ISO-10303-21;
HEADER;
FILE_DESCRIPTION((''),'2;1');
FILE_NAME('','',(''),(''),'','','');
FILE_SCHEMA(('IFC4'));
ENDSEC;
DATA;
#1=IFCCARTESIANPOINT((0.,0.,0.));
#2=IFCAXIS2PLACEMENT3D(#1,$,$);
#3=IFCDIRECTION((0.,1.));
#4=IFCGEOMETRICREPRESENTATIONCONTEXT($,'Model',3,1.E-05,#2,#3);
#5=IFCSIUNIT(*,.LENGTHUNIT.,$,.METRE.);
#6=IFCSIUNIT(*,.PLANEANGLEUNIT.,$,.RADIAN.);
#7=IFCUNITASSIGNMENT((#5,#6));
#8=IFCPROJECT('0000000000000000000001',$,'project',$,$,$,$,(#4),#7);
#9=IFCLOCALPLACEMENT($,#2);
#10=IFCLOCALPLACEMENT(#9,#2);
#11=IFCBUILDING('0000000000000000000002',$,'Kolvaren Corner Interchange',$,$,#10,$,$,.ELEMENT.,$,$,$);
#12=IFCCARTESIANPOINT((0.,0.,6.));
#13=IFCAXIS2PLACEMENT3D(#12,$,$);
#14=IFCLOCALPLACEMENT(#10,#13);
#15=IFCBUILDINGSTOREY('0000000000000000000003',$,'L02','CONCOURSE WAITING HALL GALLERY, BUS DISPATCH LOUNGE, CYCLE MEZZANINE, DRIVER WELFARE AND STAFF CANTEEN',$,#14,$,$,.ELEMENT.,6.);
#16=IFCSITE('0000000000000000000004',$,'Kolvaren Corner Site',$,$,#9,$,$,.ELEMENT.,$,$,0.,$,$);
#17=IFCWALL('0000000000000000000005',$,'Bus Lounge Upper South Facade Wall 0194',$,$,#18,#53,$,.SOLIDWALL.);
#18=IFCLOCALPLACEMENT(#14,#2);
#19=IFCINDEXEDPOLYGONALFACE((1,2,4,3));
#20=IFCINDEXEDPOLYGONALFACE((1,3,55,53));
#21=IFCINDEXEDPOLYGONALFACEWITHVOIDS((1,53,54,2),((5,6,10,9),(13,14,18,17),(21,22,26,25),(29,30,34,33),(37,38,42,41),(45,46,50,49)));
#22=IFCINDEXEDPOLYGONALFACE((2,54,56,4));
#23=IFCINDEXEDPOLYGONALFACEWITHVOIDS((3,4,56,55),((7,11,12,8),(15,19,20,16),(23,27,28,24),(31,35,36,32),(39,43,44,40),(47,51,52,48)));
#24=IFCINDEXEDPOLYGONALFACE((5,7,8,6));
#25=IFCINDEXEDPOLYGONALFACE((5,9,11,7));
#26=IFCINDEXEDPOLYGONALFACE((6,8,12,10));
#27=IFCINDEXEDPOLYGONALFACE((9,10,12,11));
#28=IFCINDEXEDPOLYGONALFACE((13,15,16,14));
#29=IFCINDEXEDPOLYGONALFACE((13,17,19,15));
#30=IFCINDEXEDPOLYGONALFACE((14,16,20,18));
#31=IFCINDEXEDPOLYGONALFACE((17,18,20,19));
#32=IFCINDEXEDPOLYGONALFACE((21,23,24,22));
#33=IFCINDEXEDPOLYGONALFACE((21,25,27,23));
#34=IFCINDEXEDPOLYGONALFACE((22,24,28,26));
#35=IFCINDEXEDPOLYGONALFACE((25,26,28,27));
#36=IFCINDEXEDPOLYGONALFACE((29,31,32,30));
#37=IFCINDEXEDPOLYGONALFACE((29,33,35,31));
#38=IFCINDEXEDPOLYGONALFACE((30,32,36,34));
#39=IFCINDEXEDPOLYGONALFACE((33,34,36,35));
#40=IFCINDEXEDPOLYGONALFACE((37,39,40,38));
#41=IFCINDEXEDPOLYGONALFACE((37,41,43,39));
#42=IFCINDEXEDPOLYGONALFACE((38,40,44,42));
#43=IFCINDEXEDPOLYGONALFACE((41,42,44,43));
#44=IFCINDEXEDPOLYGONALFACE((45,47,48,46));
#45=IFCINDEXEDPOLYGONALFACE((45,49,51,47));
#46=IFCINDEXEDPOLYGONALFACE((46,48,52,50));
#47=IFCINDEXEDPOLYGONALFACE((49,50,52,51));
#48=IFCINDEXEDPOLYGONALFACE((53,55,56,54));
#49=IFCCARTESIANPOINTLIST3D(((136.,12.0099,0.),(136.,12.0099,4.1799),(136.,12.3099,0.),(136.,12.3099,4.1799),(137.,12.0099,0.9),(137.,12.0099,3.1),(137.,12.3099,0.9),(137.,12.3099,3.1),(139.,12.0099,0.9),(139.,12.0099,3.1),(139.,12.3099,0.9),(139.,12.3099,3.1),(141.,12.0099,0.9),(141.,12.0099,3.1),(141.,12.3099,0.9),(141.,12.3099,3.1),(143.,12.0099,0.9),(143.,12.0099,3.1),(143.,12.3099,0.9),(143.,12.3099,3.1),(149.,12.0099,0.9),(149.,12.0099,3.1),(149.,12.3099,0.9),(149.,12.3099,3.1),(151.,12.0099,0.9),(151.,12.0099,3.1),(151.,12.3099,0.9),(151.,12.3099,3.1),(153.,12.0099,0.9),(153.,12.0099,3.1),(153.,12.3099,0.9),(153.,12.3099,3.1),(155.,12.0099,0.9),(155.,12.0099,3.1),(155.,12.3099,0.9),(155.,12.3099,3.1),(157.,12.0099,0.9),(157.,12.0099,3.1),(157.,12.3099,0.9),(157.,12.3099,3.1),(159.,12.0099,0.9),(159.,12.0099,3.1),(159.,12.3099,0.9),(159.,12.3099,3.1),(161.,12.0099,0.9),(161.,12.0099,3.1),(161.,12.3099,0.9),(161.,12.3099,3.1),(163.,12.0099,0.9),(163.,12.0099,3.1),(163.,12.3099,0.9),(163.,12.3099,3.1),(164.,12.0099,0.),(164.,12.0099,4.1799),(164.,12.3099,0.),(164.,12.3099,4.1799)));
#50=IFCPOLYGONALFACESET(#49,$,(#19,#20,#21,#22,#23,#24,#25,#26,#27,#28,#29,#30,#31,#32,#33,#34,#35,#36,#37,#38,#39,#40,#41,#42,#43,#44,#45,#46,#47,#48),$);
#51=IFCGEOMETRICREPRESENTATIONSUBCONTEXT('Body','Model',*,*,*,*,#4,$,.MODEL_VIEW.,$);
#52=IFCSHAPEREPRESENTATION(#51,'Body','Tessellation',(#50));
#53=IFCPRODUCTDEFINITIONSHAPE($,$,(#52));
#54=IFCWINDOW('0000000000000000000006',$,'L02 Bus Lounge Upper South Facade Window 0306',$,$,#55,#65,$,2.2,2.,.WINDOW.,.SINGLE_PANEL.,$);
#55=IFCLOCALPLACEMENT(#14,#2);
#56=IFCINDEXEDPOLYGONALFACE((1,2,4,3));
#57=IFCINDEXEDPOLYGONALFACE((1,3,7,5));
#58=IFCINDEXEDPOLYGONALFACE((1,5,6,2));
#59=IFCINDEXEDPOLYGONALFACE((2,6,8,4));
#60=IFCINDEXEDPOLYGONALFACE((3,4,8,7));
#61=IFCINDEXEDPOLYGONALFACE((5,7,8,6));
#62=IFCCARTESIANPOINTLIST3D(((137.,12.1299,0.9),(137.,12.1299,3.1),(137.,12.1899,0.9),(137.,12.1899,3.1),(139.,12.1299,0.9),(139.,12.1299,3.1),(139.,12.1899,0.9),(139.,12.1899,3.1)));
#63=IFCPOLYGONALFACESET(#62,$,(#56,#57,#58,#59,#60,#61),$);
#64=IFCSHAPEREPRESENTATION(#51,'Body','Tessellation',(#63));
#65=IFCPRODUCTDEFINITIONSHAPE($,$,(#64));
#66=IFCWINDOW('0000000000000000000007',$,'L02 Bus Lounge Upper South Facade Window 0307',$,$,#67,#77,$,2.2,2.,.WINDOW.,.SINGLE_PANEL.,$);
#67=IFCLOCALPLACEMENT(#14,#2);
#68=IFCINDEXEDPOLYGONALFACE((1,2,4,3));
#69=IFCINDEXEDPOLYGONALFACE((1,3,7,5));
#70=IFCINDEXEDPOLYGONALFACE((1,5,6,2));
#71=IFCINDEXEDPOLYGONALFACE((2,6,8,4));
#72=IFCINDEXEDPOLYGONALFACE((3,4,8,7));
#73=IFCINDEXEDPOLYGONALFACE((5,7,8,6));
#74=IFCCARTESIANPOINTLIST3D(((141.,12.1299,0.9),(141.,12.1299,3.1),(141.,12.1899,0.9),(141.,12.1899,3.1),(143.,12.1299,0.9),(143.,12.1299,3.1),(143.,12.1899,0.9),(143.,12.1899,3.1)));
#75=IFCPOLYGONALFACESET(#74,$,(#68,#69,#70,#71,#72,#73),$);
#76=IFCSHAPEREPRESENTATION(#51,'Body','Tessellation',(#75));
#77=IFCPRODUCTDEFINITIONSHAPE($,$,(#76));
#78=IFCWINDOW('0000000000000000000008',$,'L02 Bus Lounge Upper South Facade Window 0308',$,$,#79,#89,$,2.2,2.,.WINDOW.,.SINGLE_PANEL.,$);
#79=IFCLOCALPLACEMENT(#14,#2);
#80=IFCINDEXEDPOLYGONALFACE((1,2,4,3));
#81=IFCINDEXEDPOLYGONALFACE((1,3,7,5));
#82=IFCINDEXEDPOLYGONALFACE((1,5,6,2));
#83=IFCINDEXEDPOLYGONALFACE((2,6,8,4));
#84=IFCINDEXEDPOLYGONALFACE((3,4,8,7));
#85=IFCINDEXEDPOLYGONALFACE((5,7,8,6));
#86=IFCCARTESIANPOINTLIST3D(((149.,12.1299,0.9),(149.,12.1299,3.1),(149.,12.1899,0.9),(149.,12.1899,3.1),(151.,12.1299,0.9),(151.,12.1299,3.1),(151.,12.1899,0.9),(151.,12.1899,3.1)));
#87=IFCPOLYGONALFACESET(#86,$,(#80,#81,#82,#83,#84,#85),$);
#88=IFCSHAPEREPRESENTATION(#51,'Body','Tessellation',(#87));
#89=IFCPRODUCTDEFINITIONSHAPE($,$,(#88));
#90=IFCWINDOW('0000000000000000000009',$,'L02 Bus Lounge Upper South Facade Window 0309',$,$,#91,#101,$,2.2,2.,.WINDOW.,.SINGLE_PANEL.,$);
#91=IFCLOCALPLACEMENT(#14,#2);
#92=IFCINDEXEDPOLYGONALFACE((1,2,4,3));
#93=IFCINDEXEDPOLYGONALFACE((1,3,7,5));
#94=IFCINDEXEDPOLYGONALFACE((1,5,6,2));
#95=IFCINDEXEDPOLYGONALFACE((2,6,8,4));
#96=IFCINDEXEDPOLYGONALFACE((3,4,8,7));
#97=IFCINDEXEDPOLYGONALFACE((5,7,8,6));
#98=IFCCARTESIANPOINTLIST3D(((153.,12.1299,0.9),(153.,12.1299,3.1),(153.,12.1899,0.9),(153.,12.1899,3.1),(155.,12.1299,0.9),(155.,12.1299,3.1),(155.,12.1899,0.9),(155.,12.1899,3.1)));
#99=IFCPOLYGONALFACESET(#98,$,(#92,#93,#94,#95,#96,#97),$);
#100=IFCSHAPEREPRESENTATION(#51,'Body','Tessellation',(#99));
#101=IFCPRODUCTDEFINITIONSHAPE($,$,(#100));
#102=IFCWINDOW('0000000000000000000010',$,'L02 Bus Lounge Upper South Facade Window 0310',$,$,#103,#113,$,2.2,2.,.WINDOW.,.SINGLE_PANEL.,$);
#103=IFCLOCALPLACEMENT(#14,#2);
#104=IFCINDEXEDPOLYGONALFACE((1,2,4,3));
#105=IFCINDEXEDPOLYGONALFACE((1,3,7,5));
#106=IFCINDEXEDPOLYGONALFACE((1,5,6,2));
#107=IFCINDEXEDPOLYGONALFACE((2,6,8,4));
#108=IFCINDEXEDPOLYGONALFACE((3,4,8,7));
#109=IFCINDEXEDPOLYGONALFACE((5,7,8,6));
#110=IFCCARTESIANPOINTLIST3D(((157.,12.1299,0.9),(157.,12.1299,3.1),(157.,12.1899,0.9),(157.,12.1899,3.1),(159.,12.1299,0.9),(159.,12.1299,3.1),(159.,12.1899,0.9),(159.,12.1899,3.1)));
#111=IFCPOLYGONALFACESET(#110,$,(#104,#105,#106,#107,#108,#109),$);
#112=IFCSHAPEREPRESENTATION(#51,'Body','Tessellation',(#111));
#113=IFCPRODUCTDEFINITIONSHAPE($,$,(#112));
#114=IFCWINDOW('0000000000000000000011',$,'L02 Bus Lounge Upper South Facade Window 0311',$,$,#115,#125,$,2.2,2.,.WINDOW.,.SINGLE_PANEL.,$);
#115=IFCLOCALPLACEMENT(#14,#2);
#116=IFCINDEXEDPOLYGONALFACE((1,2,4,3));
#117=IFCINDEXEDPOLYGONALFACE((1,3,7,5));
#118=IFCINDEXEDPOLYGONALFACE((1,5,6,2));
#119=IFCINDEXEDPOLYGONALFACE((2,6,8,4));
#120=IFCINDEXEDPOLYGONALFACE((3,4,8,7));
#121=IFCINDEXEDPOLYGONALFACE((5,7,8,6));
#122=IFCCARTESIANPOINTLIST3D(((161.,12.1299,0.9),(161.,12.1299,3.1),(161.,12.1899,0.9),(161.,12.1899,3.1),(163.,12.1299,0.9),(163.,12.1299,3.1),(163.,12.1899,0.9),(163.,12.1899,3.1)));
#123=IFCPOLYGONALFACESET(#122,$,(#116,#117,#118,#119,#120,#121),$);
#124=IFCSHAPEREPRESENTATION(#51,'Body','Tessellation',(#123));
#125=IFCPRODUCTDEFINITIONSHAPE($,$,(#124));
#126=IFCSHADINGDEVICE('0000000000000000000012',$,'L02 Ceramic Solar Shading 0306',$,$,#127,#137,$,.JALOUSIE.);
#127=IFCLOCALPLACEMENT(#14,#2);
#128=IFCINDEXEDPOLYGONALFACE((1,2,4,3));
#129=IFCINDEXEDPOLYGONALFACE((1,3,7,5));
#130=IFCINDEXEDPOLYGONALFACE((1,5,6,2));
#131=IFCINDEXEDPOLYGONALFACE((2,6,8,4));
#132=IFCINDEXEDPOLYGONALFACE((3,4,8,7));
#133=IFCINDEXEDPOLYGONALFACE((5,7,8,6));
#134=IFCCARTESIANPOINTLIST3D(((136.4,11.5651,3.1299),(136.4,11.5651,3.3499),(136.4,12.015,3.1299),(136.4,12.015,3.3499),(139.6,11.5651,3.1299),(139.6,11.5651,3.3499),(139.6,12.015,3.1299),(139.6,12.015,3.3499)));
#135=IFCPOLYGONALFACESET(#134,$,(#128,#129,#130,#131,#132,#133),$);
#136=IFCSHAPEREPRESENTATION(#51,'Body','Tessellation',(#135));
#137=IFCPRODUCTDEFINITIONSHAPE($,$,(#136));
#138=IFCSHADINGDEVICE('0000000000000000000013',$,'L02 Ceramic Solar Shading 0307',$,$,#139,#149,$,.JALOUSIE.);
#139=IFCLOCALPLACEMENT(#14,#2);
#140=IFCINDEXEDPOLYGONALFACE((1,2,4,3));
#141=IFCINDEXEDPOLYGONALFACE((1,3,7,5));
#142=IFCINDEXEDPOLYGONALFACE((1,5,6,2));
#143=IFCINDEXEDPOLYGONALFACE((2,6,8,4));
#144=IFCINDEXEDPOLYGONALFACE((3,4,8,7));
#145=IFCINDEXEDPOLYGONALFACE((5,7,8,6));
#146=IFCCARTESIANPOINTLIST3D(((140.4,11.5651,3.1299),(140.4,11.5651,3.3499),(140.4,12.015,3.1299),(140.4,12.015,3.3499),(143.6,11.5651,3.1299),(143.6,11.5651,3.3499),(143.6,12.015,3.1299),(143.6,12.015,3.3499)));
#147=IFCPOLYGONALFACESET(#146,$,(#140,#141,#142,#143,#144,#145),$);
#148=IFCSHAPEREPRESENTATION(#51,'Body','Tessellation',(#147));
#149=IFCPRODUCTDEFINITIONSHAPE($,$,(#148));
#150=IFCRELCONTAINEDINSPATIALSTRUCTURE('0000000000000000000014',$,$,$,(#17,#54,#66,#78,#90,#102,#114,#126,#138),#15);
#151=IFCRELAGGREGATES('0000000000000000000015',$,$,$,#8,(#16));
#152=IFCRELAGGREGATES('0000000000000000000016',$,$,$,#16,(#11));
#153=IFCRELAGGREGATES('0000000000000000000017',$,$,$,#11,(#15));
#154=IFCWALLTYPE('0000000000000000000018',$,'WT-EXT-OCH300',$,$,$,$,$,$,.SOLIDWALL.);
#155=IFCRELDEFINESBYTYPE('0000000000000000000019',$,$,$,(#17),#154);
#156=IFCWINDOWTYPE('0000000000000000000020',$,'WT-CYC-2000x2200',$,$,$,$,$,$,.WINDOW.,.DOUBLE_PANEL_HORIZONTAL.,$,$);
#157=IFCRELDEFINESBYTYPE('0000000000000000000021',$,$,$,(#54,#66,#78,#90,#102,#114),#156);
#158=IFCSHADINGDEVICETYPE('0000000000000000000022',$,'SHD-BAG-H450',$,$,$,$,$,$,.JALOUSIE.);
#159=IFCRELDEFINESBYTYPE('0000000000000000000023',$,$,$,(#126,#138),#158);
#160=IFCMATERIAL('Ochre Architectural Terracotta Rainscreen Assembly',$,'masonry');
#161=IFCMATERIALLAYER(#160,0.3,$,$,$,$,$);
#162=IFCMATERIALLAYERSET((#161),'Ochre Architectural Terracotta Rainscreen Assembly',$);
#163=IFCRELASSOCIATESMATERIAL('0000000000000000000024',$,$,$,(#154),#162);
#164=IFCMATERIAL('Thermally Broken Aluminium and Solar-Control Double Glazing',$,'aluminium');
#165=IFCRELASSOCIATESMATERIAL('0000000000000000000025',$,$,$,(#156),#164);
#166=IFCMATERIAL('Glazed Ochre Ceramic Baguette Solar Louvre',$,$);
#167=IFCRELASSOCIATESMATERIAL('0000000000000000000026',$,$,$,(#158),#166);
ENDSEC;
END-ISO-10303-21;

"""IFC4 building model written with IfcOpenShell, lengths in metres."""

from ifc_helpers import new_model, si_unit, direction, frame, frame_2d, origin, origin_2d, place, context, subcontext, project, spatial, rectangle, extrude, material, layer, layer_set, type_object, element, fill, save


model = new_model("IFC4")

# Units and contexts
model_context = context("Model", 3, precision=1e-05, world=origin(), true_north=direction((0.0, 1.0)))
body_context = subcontext(model_context, "Body", "Model", "MODEL_VIEW")
ifc_project = project(units=[si_unit("LENGTHUNIT", "METRE"), si_unit("PLANEANGLEUNIT", "RADIAN")], contexts=[model_context])

# Site, building, storey
site_placement = place(None, origin())
site = spatial("IfcSite", under=ifc_project, at=site_placement, Name="Kolvaren Corner Site", CompositionType="ELEMENT", RefElevation=0.0)
building_placement = place(site_placement, origin())
building = spatial("IfcBuilding", under=site, at=building_placement, Name="Kolvaren Corner Interchange", CompositionType="ELEMENT")
storey_placement = place(building_placement, frame((0.0, 0.0, 6.0)))
storey = spatial("IfcBuildingStorey", under=building, at=storey_placement, Name="L02", Description="CONCOURSE WAITING HALL GALLERY, BUS DISPATCH LOUNGE, CYCLE MEZZANINE, DRIVER WELFARE AND STAFF CANTEEN", CompositionType="ELEMENT", Elevation=6.0)

# Wall, openings, windows
ifc_material_1 = material(Name="Ochre Architectural Terracotta Rainscreen Assembly", Category="masonry")
ifc_layer_1 = layer(ifc_material_1, 0.3)
ifc_layer_set_1 = layer_set([ifc_layer_1], Name="Ochre Architectural Terracotta Rainscreen Assembly")
wall_type_1 = type_object("IfcWallType", Name="WT-EXT-OCH300", PredefinedType="SOLIDWALL", material=ifc_layer_set_1)
wall_1_placement = place(storey_placement, frame((136.0, 12.1599, 0.0), z_axis=(0.0, 0.0, 1.0), x_axis=(1.0, 0.0, 0.0)))
wall_1 = element("IfcWall", 1, at=wall_1_placement, inside=storey, type_object=wall_type_1, Name="Bus Lounge Upper South Facade Wall 0194", PredefinedType="SOLIDWALL", context=body_context, shape_type="SweptSolid", body=[
    extrude(rectangle(XDim=28.0, YDim=0.3, at=frame_2d((14.0, 0.0))), origin(), (0.0, 0.0, 1.0), 4.1799),
])
opening_1_placement = place(wall_1_placement, frame((1.0, 0.0, 0.8999)))
opening_1 = element("IfcOpeningElement", 2, at=opening_1_placement, cuts=wall_1, PredefinedType="OPENING", context=body_context, shape_type="SweptSolid", body=[
    extrude(rectangle(XDim=2.0, YDim=2.2, at=frame_2d((1.0, 1.1001))), frame((0.0, 0.1599, 0.0), z_axis=(0.0, -1.0, 0.0), x_axis=(1.0, 0.0, 0.0)), (0.0, 0.0, 1.0), 0.3201),
])
opening_2_placement = place(wall_1_placement, frame((5.0, 0.0, 0.8999)))
opening_2 = element("IfcOpeningElement", 3, at=opening_2_placement, cuts=wall_1, PredefinedType="OPENING", context=body_context, shape_type="SweptSolid", body=[
    extrude(rectangle(XDim=2.0, YDim=2.2, at=frame_2d((1.0, 1.1001))), frame((0.0, 0.1599, 0.0), z_axis=(0.0, -1.0, 0.0), x_axis=(1.0, 0.0, 0.0)), (0.0, 0.0, 1.0), 0.3201),
])
opening_3_placement = place(wall_1_placement, frame((13.0, 0.0, 0.8999)))
opening_3 = element("IfcOpeningElement", 4, at=opening_3_placement, cuts=wall_1, PredefinedType="OPENING", context=body_context, shape_type="SweptSolid", body=[
    extrude(rectangle(XDim=2.0, YDim=2.2, at=frame_2d((1.0, 1.1001))), frame((0.0, 0.1599, 0.0), z_axis=(0.0, -1.0, 0.0), x_axis=(1.0, 0.0, 0.0)), (0.0, 0.0, 1.0), 0.3201),
])
opening_4_placement = place(wall_1_placement, frame((17.0, 0.0, 0.8999)))
opening_4 = element("IfcOpeningElement", 5, at=opening_4_placement, cuts=wall_1, PredefinedType="OPENING", context=body_context, shape_type="SweptSolid", body=[
    extrude(rectangle(XDim=2.0, YDim=2.2, at=frame_2d((1.0, 1.1001))), frame((0.0, 0.1599, 0.0), z_axis=(0.0, -1.0, 0.0), x_axis=(1.0, 0.0, 0.0)), (0.0, 0.0, 1.0), 0.3201),
])
opening_5_placement = place(wall_1_placement, frame((21.0, 0.0, 0.8999)))
opening_5 = element("IfcOpeningElement", 6, at=opening_5_placement, cuts=wall_1, PredefinedType="OPENING", context=body_context, shape_type="SweptSolid", body=[
    extrude(rectangle(XDim=2.0, YDim=2.2, at=frame_2d((1.0, 1.1001))), frame((0.0, 0.1599, 0.0), z_axis=(0.0, -1.0, 0.0), x_axis=(1.0, 0.0, 0.0)), (0.0, 0.0, 1.0), 0.3201),
])
opening_6_placement = place(wall_1_placement, frame((25.0, 0.0, 0.8999)))
opening_6 = element("IfcOpeningElement", 7, at=opening_6_placement, cuts=wall_1, PredefinedType="OPENING", context=body_context, shape_type="SweptSolid", body=[
    extrude(rectangle(XDim=2.0, YDim=2.2, at=frame_2d((1.0, 1.1001))), frame((0.0, 0.1599, 0.0), z_axis=(0.0, -1.0, 0.0), x_axis=(1.0, 0.0, 0.0)), (0.0, 0.0, 1.0), 0.3201),
])
ifc_material_2 = material(Name="Thermally Broken Aluminium and Solar-Control Double Glazing", Category="aluminium")
window_type = type_object("IfcWindowType", Name="WT-CYC-2000x2200", PartitioningType="DOUBLE_PANEL_HORIZONTAL", PredefinedType="WINDOW", material=ifc_material_2)
window_1_placement = place(opening_1_placement, origin())
window_1 = element("IfcWindow", 8, at=window_1_placement, inside=storey, type_object=window_type, Name="L02 Bus Lounge Upper South Facade Window 0306", OverallHeight=2.2, OverallWidth=2.0, PartitioningType="SINGLE_PANEL", PredefinedType="WINDOW", context=body_context, shape_type="SweptSolid", body=[
    extrude(rectangle(XDim=2.0, YDim=2.2, at=frame_2d((1.0, 1.1001))), frame((0.0, 0.03, 0.0), z_axis=(0.0, -1.0, 0.0), x_axis=(1.0, 0.0, 0.0)), (0.0, 0.0, 1.0), 0.0601),
])
fill(opening_1, window_1)
window_2_placement = place(opening_2_placement, origin())
window_2 = element("IfcWindow", 9, at=window_2_placement, inside=storey, type_object=window_type, Name="L02 Bus Lounge Upper South Facade Window 0307", OverallHeight=2.2, OverallWidth=2.0, PartitioningType="SINGLE_PANEL", PredefinedType="WINDOW", context=body_context, shape_type="SweptSolid", body=[
    extrude(rectangle(XDim=2.0, YDim=2.2, at=frame_2d((1.0, 1.1001))), frame((0.0, 0.03, 0.0), z_axis=(0.0, -1.0, 0.0), x_axis=(1.0, 0.0, 0.0)), (0.0, 0.0, 1.0), 0.0601),
])
fill(opening_2, window_2)
window_3_placement = place(opening_3_placement, origin())
window_3 = element("IfcWindow", 10, at=window_3_placement, inside=storey, type_object=window_type, Name="L02 Bus Lounge Upper South Facade Window 0308", OverallHeight=2.2, OverallWidth=2.0, PartitioningType="SINGLE_PANEL", PredefinedType="WINDOW", context=body_context, shape_type="SweptSolid", body=[
    extrude(rectangle(XDim=2.0, YDim=2.2, at=frame_2d((1.0, 1.1001))), frame((0.0, 0.03, 0.0), z_axis=(0.0, -1.0, 0.0), x_axis=(1.0, 0.0, 0.0)), (0.0, 0.0, 1.0), 0.0601),
])
fill(opening_3, window_3)
window_4_placement = place(opening_4_placement, origin())
window_4 = element("IfcWindow", 11, at=window_4_placement, inside=storey, type_object=window_type, Name="L02 Bus Lounge Upper South Facade Window 0309", OverallHeight=2.2, OverallWidth=2.0, PartitioningType="SINGLE_PANEL", PredefinedType="WINDOW", context=body_context, shape_type="SweptSolid", body=[
    extrude(rectangle(XDim=2.0, YDim=2.2, at=frame_2d((1.0, 1.1001))), frame((0.0, 0.03, 0.0), z_axis=(0.0, -1.0, 0.0), x_axis=(1.0, 0.0, 0.0)), (0.0, 0.0, 1.0), 0.0601),
])
fill(opening_4, window_4)
window_5_placement = place(opening_5_placement, origin())
window_5 = element("IfcWindow", 12, at=window_5_placement, inside=storey, type_object=window_type, Name="L02 Bus Lounge Upper South Facade Window 0310", OverallHeight=2.2, OverallWidth=2.0, PartitioningType="SINGLE_PANEL", PredefinedType="WINDOW", context=body_context, shape_type="SweptSolid", body=[
    extrude(rectangle(XDim=2.0, YDim=2.2, at=frame_2d((1.0, 1.1001))), frame((0.0, 0.03, 0.0), z_axis=(0.0, -1.0, 0.0), x_axis=(1.0, 0.0, 0.0)), (0.0, 0.0, 1.0), 0.0601),
])
fill(opening_5, window_5)
window_6_placement = place(opening_6_placement, origin())
window_6 = element("IfcWindow", 13, at=window_6_placement, inside=storey, type_object=window_type, Name="L02 Bus Lounge Upper South Facade Window 0311", OverallHeight=2.2, OverallWidth=2.0, PartitioningType="SINGLE_PANEL", PredefinedType="WINDOW", context=body_context, shape_type="SweptSolid", body=[
    extrude(rectangle(XDim=2.0, YDim=2.2, at=frame_2d((1.0, 1.1001))), frame((0.0, 0.03, 0.0), z_axis=(0.0, -1.0, 0.0), x_axis=(1.0, 0.0, 0.0)), (0.0, 0.0, 1.0), 0.0601),
])
fill(opening_6, window_6)

# Shading devices
ifc_material_3 = material(Name="Glazed Ochre Ceramic Baguette Solar Louvre")
shading_device_type = type_object("IfcShadingDeviceType", Name="SHD-BAG-H450", PredefinedType="JALOUSIE", material=ifc_material_3)
for number, where, z_axis, x_axis, name in (
    (14, (138.0, 11.79, 3.1299), (0.0, 0.0, 1.0), (1.0, 0.0, 0.0), "L02 Ceramic Solar Shading 0306"),
    (15, (142.0, 11.79, 3.1299), (0.0, 0.0, 1.0), (1.0, 0.0, 0.0), "L02 Ceramic Solar Shading 0307"),
):
    element("IfcShadingDevice", number, at=place(storey_placement, frame(where, z_axis=z_axis, x_axis=x_axis)), inside=storey, type_object=shading_device_type, Name=name, PredefinedType="JALOUSIE", context=body_context, shape_type="SweptSolid", body=[
        extrude(rectangle(XDim=3.2, YDim=0.45, at=origin_2d()), origin(), (0.0, 0.0, 1.0), 0.22),
    ])

save(model, "model.ifc")
